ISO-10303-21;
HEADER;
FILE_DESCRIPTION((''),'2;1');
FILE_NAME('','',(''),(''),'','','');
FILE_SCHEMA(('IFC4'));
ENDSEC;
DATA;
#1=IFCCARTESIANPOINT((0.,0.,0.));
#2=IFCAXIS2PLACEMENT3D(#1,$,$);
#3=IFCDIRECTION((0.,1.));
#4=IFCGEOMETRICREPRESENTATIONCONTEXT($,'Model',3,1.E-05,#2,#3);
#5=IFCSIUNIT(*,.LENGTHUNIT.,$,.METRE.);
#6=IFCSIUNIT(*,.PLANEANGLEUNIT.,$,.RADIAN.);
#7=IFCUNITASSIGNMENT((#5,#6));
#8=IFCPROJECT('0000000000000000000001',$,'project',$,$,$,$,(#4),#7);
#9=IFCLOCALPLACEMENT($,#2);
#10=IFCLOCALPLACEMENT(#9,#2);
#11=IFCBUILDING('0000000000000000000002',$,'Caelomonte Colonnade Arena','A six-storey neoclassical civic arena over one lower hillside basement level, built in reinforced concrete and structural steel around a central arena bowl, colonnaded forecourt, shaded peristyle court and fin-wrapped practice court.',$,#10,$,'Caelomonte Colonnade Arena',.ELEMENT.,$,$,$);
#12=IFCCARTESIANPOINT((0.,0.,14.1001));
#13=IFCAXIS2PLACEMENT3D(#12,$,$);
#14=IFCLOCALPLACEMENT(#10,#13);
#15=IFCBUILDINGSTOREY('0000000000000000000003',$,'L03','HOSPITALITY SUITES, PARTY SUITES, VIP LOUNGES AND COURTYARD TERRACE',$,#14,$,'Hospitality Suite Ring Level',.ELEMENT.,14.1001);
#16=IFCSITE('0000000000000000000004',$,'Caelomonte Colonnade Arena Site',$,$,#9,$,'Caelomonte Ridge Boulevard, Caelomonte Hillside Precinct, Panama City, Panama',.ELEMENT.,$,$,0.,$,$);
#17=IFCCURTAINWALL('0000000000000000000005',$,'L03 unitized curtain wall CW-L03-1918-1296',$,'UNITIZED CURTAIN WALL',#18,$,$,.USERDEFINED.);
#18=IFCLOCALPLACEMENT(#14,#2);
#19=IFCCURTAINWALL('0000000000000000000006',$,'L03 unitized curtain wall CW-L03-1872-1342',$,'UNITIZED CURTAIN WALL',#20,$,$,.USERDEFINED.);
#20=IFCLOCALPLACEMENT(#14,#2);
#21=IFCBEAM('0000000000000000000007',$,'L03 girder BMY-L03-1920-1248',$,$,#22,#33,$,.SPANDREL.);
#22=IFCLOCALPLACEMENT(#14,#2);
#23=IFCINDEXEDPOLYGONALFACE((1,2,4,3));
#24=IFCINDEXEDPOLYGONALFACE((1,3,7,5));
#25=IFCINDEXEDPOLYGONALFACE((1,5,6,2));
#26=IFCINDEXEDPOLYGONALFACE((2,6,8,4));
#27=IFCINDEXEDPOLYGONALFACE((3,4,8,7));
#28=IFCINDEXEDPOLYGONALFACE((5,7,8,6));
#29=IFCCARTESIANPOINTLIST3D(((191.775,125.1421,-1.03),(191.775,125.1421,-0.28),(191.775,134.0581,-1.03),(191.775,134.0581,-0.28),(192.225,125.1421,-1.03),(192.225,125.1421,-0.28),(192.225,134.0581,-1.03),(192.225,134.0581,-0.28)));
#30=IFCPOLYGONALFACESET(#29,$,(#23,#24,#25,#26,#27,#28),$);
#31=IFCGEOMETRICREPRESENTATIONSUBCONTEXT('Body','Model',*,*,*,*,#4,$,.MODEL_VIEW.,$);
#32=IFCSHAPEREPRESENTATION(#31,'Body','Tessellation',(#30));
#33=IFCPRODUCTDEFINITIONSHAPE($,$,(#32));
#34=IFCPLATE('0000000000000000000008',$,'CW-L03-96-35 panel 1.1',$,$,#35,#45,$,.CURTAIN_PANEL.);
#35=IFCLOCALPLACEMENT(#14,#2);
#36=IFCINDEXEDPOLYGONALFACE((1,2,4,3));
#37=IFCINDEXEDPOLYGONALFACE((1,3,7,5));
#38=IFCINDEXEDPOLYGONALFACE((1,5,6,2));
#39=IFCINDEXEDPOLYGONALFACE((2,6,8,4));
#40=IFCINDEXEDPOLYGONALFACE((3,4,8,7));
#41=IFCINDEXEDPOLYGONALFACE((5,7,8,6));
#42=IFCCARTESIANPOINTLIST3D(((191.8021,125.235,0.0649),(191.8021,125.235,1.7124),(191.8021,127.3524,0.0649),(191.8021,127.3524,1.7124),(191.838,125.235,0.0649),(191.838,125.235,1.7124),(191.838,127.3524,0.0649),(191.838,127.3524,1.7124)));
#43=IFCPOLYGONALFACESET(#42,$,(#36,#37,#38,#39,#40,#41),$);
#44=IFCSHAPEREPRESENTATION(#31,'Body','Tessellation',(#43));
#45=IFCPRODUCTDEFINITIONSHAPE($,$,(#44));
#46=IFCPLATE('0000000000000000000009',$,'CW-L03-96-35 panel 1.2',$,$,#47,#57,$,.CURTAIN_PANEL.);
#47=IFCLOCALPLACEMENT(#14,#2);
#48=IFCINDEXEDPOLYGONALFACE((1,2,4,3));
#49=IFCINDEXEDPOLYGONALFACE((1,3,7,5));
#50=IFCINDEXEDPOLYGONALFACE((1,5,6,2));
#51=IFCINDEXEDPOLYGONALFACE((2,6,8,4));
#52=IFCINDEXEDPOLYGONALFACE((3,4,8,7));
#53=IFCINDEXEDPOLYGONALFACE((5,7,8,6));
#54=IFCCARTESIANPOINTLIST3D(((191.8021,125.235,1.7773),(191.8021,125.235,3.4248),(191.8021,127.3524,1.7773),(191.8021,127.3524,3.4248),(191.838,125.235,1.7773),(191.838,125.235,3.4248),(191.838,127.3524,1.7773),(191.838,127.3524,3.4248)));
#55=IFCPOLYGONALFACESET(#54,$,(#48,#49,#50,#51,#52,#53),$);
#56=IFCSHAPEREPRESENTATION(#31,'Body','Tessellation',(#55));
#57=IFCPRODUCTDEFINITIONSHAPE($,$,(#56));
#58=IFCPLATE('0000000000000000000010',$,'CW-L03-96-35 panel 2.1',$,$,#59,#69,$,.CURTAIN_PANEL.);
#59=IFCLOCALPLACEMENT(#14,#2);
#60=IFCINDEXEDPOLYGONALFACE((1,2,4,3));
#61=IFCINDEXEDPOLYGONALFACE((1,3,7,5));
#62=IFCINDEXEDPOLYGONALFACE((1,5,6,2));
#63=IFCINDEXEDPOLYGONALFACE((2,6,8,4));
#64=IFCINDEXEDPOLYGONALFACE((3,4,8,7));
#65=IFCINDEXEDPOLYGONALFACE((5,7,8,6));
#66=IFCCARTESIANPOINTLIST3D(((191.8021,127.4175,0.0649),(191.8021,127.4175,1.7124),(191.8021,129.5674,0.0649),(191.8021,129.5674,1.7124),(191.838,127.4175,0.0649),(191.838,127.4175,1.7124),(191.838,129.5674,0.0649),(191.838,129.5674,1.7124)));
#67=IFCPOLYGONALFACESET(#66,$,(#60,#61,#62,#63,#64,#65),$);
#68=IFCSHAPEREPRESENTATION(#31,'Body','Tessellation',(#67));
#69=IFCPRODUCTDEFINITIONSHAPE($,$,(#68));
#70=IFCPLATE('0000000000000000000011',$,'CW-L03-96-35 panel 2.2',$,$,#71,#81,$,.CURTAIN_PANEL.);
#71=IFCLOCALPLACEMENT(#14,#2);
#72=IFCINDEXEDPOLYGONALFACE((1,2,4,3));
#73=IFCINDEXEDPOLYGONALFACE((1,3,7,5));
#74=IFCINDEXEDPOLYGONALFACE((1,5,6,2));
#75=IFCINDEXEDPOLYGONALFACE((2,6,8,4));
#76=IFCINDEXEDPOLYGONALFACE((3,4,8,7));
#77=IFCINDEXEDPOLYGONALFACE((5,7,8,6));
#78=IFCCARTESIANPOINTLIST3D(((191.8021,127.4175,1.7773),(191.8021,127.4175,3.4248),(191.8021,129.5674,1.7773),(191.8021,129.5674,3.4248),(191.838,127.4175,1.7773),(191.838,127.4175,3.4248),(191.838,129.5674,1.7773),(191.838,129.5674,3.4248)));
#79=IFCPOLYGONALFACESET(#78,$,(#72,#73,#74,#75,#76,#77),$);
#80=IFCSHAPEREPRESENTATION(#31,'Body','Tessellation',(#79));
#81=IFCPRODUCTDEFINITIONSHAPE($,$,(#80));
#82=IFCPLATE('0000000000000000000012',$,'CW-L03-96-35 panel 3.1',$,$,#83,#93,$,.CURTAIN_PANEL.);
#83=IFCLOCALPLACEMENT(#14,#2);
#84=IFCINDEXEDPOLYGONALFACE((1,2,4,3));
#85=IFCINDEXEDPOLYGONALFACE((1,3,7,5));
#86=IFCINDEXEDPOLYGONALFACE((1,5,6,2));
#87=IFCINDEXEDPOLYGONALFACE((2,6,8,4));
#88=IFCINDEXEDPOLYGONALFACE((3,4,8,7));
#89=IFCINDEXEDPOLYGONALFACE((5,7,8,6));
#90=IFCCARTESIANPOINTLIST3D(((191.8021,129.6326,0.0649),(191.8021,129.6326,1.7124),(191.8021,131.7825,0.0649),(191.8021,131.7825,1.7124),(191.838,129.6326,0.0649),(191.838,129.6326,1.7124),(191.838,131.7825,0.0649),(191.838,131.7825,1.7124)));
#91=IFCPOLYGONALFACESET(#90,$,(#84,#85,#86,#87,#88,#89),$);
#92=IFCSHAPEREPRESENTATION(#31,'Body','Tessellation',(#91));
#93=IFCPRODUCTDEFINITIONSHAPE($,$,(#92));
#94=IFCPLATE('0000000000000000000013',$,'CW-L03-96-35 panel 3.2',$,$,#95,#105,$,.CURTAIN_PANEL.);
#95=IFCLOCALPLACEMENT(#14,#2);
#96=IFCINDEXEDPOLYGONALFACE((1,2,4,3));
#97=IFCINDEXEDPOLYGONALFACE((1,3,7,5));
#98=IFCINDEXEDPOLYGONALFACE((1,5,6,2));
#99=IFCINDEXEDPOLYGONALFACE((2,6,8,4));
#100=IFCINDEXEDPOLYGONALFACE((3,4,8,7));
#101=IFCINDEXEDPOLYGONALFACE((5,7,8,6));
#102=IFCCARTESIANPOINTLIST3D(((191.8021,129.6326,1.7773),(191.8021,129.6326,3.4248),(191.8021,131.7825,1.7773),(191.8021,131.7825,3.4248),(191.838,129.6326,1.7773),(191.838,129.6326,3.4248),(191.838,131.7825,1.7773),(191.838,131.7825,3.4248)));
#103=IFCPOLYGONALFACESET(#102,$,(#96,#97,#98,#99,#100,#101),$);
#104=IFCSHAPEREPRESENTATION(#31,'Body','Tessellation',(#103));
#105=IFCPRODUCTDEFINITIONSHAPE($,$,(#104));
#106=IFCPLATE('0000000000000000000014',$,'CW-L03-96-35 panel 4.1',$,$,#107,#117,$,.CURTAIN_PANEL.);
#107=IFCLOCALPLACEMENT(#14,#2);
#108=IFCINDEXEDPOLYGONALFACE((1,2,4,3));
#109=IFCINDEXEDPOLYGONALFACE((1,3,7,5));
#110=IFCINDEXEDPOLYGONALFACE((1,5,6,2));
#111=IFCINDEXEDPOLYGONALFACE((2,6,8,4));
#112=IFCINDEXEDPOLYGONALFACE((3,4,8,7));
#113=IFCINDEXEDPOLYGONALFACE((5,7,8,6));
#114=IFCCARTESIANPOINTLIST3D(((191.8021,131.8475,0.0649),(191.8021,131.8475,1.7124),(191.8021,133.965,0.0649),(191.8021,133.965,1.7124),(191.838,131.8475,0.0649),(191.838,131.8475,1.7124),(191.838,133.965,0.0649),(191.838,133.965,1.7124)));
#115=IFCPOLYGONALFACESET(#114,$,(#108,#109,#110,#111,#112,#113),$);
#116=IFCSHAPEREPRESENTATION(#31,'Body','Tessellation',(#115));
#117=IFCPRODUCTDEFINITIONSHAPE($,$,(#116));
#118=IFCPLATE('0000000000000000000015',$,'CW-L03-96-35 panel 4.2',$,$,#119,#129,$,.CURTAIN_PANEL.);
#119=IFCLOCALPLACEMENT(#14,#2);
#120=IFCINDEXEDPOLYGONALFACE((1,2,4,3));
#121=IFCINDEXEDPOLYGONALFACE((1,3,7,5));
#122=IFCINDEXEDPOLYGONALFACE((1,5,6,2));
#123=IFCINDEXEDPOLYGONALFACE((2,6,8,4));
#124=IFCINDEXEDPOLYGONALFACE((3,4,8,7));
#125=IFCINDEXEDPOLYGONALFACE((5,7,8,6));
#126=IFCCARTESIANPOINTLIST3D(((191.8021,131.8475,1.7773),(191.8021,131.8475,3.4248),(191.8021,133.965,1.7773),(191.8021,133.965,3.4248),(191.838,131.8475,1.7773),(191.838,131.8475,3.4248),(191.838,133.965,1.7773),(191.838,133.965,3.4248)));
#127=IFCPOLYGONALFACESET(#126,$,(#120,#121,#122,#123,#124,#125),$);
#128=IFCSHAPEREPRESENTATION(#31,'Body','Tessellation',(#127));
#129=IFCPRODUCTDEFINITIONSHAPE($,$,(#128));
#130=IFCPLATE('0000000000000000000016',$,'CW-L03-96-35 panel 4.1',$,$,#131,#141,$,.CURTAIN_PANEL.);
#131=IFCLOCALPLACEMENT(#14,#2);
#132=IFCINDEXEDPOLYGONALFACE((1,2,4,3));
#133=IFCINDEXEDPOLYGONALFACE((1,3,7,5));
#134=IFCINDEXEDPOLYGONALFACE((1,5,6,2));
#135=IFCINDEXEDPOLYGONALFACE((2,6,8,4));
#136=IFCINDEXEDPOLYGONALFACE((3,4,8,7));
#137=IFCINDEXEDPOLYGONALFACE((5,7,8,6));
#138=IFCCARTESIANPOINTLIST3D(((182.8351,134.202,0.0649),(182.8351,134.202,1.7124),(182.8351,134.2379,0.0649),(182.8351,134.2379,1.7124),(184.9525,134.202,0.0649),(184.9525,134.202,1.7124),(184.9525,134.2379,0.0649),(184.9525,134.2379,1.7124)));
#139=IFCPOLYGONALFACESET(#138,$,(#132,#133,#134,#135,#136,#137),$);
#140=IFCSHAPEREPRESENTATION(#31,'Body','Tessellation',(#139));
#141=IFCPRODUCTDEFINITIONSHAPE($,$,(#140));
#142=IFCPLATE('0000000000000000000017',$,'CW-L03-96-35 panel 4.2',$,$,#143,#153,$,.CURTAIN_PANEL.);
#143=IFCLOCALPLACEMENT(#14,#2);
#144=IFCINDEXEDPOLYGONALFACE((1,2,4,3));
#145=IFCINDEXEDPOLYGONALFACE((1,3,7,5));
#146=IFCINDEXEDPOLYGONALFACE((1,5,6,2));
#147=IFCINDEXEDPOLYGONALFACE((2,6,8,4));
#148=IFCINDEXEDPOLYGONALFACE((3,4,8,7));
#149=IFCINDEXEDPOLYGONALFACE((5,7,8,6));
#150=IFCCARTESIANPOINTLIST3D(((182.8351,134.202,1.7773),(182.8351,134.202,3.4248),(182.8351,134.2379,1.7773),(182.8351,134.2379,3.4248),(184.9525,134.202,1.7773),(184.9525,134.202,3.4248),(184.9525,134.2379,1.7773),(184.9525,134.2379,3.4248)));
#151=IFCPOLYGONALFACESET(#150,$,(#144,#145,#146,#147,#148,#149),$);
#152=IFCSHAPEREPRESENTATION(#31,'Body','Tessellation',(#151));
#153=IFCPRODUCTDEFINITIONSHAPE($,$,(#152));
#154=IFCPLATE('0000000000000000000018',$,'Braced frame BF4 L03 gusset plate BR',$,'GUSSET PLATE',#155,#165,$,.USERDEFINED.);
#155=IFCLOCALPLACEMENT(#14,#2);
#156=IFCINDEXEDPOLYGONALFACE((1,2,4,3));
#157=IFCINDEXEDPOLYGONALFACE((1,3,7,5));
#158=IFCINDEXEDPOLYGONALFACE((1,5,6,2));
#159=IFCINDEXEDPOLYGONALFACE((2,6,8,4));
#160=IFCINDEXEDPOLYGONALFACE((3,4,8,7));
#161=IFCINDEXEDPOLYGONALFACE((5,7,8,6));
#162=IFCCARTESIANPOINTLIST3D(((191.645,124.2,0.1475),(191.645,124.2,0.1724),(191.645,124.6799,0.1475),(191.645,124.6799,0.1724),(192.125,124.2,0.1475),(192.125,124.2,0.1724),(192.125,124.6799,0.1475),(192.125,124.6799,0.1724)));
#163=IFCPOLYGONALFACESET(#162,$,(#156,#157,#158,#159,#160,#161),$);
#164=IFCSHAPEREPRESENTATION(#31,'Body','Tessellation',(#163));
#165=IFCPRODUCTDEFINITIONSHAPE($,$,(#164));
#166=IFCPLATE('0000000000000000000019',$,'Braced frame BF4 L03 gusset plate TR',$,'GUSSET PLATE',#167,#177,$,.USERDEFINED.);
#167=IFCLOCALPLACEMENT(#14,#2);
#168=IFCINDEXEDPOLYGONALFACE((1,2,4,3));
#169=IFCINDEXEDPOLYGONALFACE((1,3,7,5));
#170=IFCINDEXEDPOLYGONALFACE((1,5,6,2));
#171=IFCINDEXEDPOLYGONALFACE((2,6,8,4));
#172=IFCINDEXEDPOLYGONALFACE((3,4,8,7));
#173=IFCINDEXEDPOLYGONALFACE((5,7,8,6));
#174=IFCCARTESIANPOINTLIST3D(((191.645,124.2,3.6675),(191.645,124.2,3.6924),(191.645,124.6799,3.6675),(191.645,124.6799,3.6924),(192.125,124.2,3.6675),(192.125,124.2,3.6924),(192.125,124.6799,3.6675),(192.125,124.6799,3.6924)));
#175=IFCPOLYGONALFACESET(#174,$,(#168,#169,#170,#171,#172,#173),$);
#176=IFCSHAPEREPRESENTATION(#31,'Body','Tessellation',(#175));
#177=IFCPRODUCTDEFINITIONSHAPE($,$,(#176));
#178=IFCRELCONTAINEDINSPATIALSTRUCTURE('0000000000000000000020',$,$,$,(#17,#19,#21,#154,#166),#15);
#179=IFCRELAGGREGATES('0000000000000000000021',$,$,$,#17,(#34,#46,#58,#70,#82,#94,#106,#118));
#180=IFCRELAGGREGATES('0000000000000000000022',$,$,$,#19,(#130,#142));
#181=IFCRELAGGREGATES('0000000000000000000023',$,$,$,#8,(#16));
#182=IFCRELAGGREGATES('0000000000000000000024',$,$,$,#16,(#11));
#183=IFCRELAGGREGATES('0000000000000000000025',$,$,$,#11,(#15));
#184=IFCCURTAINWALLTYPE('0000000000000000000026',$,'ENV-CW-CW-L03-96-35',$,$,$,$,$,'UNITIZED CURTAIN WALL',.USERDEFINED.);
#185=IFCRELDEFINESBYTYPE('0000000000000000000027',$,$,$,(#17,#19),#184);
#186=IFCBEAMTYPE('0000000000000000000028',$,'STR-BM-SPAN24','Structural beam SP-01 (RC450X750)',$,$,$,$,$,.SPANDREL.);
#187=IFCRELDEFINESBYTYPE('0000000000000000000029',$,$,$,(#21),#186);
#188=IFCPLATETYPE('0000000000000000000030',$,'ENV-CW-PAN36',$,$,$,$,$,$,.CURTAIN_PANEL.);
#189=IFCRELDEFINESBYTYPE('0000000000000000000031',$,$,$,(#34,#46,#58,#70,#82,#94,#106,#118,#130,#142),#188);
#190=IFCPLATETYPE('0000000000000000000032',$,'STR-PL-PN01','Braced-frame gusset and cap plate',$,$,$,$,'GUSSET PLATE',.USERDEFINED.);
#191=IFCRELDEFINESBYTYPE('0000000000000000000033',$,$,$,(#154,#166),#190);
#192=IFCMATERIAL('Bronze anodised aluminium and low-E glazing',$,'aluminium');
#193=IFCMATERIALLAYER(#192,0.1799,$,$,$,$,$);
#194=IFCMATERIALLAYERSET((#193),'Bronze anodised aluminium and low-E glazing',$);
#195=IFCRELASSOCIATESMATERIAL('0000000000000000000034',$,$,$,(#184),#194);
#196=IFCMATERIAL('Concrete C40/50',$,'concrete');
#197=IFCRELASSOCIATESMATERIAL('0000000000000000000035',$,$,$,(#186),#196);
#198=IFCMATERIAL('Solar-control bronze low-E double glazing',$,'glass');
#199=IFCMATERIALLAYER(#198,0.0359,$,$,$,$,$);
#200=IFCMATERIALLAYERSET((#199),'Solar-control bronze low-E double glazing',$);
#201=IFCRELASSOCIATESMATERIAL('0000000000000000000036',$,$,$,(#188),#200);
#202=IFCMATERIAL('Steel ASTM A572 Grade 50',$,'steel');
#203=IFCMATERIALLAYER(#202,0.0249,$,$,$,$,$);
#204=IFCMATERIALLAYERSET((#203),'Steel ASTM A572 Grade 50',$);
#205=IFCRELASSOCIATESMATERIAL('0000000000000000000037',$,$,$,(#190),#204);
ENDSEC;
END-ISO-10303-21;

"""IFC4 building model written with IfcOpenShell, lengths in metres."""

from ifc_helpers import new_model, si_unit, direction, frame, origin, origin_2d, place, context, subcontext, project, spatial, rectangle, extrude, material, layer, layer_set, material_profile, profile_set, type_object, element, aggregate, save


model = new_model("IFC4")

# Units and contexts
model_context = context("Model", 3, precision=1e-05, world=origin(), true_north=direction((0.0, 1.0)))
body_context = subcontext(model_context, "Body", "Model", "MODEL_VIEW")
ifc_project = project(units=[si_unit("LENGTHUNIT", "METRE"), si_unit("PLANEANGLEUNIT", "RADIAN")], contexts=[model_context])

# Site, building, storey
site_placement = place(None, origin())
site = spatial("IfcSite", under=ifc_project, at=site_placement, Name="Caelomonte Colonnade Arena Site", LongName="Caelomonte Ridge Boulevard, Caelomonte Hillside Precinct, Panama City, Panama", CompositionType="ELEMENT", RefElevation=0.0)
building_placement = place(site_placement, origin())
building = spatial("IfcBuilding", under=site, at=building_placement, Name="Caelomonte Colonnade Arena", Description="A six-storey neoclassical civic arena over one lower hillside basement level, built in reinforced concrete and structural steel around a central arena bowl, colonnaded forecourt, shaded peristyle court and fin-wrapped practice court.", LongName="Caelomonte Colonnade Arena", CompositionType="ELEMENT")
storey_placement = place(building_placement, frame((0.0, 0.0, 14.1001)))
storey = spatial("IfcBuildingStorey", under=building, at=storey_placement, Name="L03", Description="HOSPITALITY SUITES, PARTY SUITES, VIP LOUNGES AND COURTYARD TERRACE", LongName="Hospitality Suite Ring Level", CompositionType="ELEMENT", Elevation=14.1001)

# Shared definitions
ifc_material_1 = material(Name="Concrete C40/50", Category="concrete")

# Curtain wall
ifc_material_2 = material(Name="Bronze anodised aluminium and low-E glazing", Category="aluminium")
ifc_layer_1 = layer(ifc_material_2, 0.1799)
ifc_layer_set_1 = layer_set([ifc_layer_1], Name="Bronze anodised aluminium and low-E glazing")
curtain_wall_type = type_object("IfcCurtainWallType", Name="ENV-CW-CW-L03-96-35", ElementType="UNITIZED CURTAIN WALL", PredefinedType="USERDEFINED", material=ifc_layer_set_1)
curtain_wall_1_placement = place(storey_placement, origin())
curtain_wall_1 = element("IfcCurtainWall", 1, at=curtain_wall_1_placement, inside=storey, type_object=curtain_wall_type, Name="L03 unitized curtain wall CW-L03-1918-1296", ObjectType="UNITIZED CURTAIN WALL", PredefinedType="USERDEFINED")

# Curtain wall
curtain_wall_2_placement = place(storey_placement, origin())
curtain_wall_2 = element("IfcCurtainWall", 2, at=curtain_wall_2_placement, inside=storey, type_object=curtain_wall_type, Name="L03 unitized curtain wall CW-L03-1872-1342", ObjectType="UNITIZED CURTAIN WALL", PredefinedType="USERDEFINED")

# Beam
ifc_material_profile_1 = material_profile(ifc_material_1, rectangle(XDim=0.45, YDim=0.75, at=origin_2d()), Name="RC450X750")
ifc_profile_set_1 = profile_set([ifc_material_profile_1], Name="Concrete C40/50")
beam_type_1 = type_object("IfcBeamType", Name="STR-BM-SPAN24", Description="Structural beam SP-01 (RC450X750)", PredefinedType="SPANDREL", material=ifc_profile_set_1)
beam_1_placement = place(storey_placement, frame((192.0, 125.1421, -0.655), z_axis=(0.0, 1.0, 0.0), x_axis=(-1.0, 0.0, 0.0)))
element("IfcBeam", 3, at=beam_1_placement, inside=storey, type_object=beam_type_1, Name="L03 girder BMY-L03-1920-1248", PredefinedType="SPANDREL", context=body_context, shape_type="SweptSolid", body=[
    extrude(rectangle(XDim=0.45, YDim=0.75, at=origin_2d()), origin(), (0.0, 0.0, 1.0), 8.916),
])

# Plates
ifc_material_3 = material(Name="Solar-control bronze low-E double glazing", Category="glass")
ifc_layer_2 = layer(ifc_material_3, 0.0359)
ifc_layer_set_2 = layer_set([ifc_layer_2], Name="Solar-control bronze low-E double glazing")
plate_type_1 = type_object("IfcPlateType", Name="ENV-CW-PAN36", PredefinedType="CURTAIN_PANEL", material=ifc_layer_set_2)
plate_1_placement = place(storey_placement, frame((191.8201, 126.2937, 0.0649), z_axis=(0.0, 0.0, 1.0), x_axis=(0.0, 1.0, 0.0)))
plate_1 = element("IfcPlate", 4, at=plate_1_placement, type_object=plate_type_1, Name="CW-L03-96-35 panel 1.1", PredefinedType="CURTAIN_PANEL", context=body_context, shape_type="SweptSolid", body=[
    extrude(rectangle(XDim=2.1174, YDim=0.0359, at=origin_2d()), origin(), (0.0, 0.0, 1.0), 1.6475),
])
plate_2_placement = place(storey_placement, frame((191.8201, 126.2937, 1.7773), z_axis=(0.0, 0.0, 1.0), x_axis=(0.0, 1.0, 0.0)))
plate_2 = element("IfcPlate", 5, at=plate_2_placement, type_object=plate_type_1, Name="CW-L03-96-35 panel 1.2", PredefinedType="CURTAIN_PANEL", context=body_context, shape_type="SweptSolid", body=[
    extrude(rectangle(XDim=2.1174, YDim=0.0359, at=origin_2d()), origin(), (0.0, 0.0, 1.0), 1.6475),
])
plate_3_placement = place(storey_placement, frame((191.8201, 128.4924, 0.0649), z_axis=(0.0, 0.0, 1.0), x_axis=(0.0, 1.0, 0.0)))
plate_3 = element("IfcPlate", 6, at=plate_3_placement, type_object=plate_type_1, Name="CW-L03-96-35 panel 2.1", PredefinedType="CURTAIN_PANEL", context=body_context, shape_type="SweptSolid", body=[
    extrude(rectangle(XDim=2.1499, YDim=0.0359, at=origin_2d()), origin(), (0.0, 0.0, 1.0), 1.6475),
])
plate_4_placement = place(storey_placement, frame((191.8201, 128.4924, 1.7773), z_axis=(0.0, 0.0, 1.0), x_axis=(0.0, 1.0, 0.0)))
plate_4 = element("IfcPlate", 7, at=plate_4_placement, type_object=plate_type_1, Name="CW-L03-96-35 panel 2.2", PredefinedType="CURTAIN_PANEL", context=body_context, shape_type="SweptSolid", body=[
    extrude(rectangle(XDim=2.1499, YDim=0.0359, at=origin_2d()), origin(), (0.0, 0.0, 1.0), 1.6475),
])
plate_5_placement = place(storey_placement, frame((191.8201, 130.7075, 0.0649), z_axis=(0.0, 0.0, 1.0), x_axis=(0.0, 1.0, 0.0)))
plate_5 = element("IfcPlate", 8, at=plate_5_placement, type_object=plate_type_1, Name="CW-L03-96-35 panel 3.1", PredefinedType="CURTAIN_PANEL", context=body_context, shape_type="SweptSolid", body=[
    extrude(rectangle(XDim=2.1499, YDim=0.0359, at=origin_2d()), origin(), (0.0, 0.0, 1.0), 1.6475),
])
plate_6_placement = place(storey_placement, frame((191.8201, 130.7075, 1.7773), z_axis=(0.0, 0.0, 1.0), x_axis=(0.0, 1.0, 0.0)))
plate_6 = element("IfcPlate", 9, at=plate_6_placement, type_object=plate_type_1, Name="CW-L03-96-35 panel 3.2", PredefinedType="CURTAIN_PANEL", context=body_context, shape_type="SweptSolid", body=[
    extrude(rectangle(XDim=2.1499, YDim=0.0359, at=origin_2d()), origin(), (0.0, 0.0, 1.0), 1.6475),
])
plate_7_placement = place(storey_placement, frame((191.8201, 132.9062, 0.0649), z_axis=(0.0, 0.0, 1.0), x_axis=(0.0, 1.0, 0.0)))
plate_7 = element("IfcPlate", 10, at=plate_7_placement, type_object=plate_type_1, Name="CW-L03-96-35 panel 4.1", PredefinedType="CURTAIN_PANEL", context=body_context, shape_type="SweptSolid", body=[
    extrude(rectangle(XDim=2.1174, YDim=0.0359, at=origin_2d()), origin(), (0.0, 0.0, 1.0), 1.6475),
])
plate_8_placement = place(storey_placement, frame((191.8201, 132.9062, 1.7773), z_axis=(0.0, 0.0, 1.0), x_axis=(0.0, 1.0, 0.0)))
plate_8 = element("IfcPlate", 11, at=plate_8_placement, type_object=plate_type_1, Name="CW-L03-96-35 panel 4.2", PredefinedType="CURTAIN_PANEL", context=body_context, shape_type="SweptSolid", body=[
    extrude(rectangle(XDim=2.1174, YDim=0.0359, at=origin_2d()), origin(), (0.0, 0.0, 1.0), 1.6475),
])
aggregate(curtain_wall_1, [plate_1, plate_2, plate_3, plate_4, plate_5, plate_6, plate_7, plate_8])
plate_9_placement = place(storey_placement, frame((183.8938, 134.22, 0.0649), z_axis=(0.0, 0.0, 1.0), x_axis=(-1.0, 0.0, 0.0)))
plate_9 = element("IfcPlate", 12, at=plate_9_placement, type_object=plate_type_1, Name="CW-L03-96-35 panel 4.1", PredefinedType="CURTAIN_PANEL", context=body_context, shape_type="SweptSolid", body=[
    extrude(rectangle(XDim=2.1174, YDim=0.0359, at=origin_2d()), origin(), (0.0, 0.0, 1.0), 1.6475),
])
plate_10_placement = place(storey_placement, frame((183.8938, 134.22, 1.7773), z_axis=(0.0, 0.0, 1.0), x_axis=(-1.0, 0.0, 0.0)))
plate_10 = element("IfcPlate", 13, at=plate_10_placement, type_object=plate_type_1, Name="CW-L03-96-35 panel 4.2", PredefinedType="CURTAIN_PANEL", context=body_context, shape_type="SweptSolid", body=[
    extrude(rectangle(XDim=2.1174, YDim=0.0359, at=origin_2d()), origin(), (0.0, 0.0, 1.0), 1.6475),
])
aggregate(curtain_wall_2, [plate_9, plate_10])

# Plates
ifc_material_4 = material(Name="Steel ASTM A572 Grade 50", Category="steel")
ifc_layer_3 = layer(ifc_material_4, 0.0249)
ifc_layer_set_3 = layer_set([ifc_layer_3], Name="Steel ASTM A572 Grade 50")
plate_type_2 = type_object("IfcPlateType", Name="STR-PL-PN01", Description="Braced-frame gusset and cap plate", ElementType="GUSSET PLATE", PredefinedType="USERDEFINED", material=ifc_layer_set_3)
for number, where, z_axis, x_axis, name in (
    (14, (191.885, 124.4399, 0.1475), (0.0, 0.0, 1.0), (1.0, 0.0, 0.0), "Braced frame BF4 L03 gusset plate BR"),
    (15, (191.885, 124.4399, 3.6675), (0.0, 0.0, 1.0), (1.0, 0.0, 0.0), "Braced frame BF4 L03 gusset plate TR"),
):
    element("IfcPlate", number, at=place(storey_placement, frame(where, z_axis=z_axis, x_axis=x_axis)), inside=storey, type_object=plate_type_2, Name=name, ObjectType="GUSSET PLATE", PredefinedType="USERDEFINED", context=body_context, shape_type="SweptSolid", body=[
        extrude(rectangle(XDim=0.48, YDim=0.48, at=origin_2d()), origin(), (0.0, 0.0, 1.0), 0.0249),
    ])

save(model, "model.ifc")
